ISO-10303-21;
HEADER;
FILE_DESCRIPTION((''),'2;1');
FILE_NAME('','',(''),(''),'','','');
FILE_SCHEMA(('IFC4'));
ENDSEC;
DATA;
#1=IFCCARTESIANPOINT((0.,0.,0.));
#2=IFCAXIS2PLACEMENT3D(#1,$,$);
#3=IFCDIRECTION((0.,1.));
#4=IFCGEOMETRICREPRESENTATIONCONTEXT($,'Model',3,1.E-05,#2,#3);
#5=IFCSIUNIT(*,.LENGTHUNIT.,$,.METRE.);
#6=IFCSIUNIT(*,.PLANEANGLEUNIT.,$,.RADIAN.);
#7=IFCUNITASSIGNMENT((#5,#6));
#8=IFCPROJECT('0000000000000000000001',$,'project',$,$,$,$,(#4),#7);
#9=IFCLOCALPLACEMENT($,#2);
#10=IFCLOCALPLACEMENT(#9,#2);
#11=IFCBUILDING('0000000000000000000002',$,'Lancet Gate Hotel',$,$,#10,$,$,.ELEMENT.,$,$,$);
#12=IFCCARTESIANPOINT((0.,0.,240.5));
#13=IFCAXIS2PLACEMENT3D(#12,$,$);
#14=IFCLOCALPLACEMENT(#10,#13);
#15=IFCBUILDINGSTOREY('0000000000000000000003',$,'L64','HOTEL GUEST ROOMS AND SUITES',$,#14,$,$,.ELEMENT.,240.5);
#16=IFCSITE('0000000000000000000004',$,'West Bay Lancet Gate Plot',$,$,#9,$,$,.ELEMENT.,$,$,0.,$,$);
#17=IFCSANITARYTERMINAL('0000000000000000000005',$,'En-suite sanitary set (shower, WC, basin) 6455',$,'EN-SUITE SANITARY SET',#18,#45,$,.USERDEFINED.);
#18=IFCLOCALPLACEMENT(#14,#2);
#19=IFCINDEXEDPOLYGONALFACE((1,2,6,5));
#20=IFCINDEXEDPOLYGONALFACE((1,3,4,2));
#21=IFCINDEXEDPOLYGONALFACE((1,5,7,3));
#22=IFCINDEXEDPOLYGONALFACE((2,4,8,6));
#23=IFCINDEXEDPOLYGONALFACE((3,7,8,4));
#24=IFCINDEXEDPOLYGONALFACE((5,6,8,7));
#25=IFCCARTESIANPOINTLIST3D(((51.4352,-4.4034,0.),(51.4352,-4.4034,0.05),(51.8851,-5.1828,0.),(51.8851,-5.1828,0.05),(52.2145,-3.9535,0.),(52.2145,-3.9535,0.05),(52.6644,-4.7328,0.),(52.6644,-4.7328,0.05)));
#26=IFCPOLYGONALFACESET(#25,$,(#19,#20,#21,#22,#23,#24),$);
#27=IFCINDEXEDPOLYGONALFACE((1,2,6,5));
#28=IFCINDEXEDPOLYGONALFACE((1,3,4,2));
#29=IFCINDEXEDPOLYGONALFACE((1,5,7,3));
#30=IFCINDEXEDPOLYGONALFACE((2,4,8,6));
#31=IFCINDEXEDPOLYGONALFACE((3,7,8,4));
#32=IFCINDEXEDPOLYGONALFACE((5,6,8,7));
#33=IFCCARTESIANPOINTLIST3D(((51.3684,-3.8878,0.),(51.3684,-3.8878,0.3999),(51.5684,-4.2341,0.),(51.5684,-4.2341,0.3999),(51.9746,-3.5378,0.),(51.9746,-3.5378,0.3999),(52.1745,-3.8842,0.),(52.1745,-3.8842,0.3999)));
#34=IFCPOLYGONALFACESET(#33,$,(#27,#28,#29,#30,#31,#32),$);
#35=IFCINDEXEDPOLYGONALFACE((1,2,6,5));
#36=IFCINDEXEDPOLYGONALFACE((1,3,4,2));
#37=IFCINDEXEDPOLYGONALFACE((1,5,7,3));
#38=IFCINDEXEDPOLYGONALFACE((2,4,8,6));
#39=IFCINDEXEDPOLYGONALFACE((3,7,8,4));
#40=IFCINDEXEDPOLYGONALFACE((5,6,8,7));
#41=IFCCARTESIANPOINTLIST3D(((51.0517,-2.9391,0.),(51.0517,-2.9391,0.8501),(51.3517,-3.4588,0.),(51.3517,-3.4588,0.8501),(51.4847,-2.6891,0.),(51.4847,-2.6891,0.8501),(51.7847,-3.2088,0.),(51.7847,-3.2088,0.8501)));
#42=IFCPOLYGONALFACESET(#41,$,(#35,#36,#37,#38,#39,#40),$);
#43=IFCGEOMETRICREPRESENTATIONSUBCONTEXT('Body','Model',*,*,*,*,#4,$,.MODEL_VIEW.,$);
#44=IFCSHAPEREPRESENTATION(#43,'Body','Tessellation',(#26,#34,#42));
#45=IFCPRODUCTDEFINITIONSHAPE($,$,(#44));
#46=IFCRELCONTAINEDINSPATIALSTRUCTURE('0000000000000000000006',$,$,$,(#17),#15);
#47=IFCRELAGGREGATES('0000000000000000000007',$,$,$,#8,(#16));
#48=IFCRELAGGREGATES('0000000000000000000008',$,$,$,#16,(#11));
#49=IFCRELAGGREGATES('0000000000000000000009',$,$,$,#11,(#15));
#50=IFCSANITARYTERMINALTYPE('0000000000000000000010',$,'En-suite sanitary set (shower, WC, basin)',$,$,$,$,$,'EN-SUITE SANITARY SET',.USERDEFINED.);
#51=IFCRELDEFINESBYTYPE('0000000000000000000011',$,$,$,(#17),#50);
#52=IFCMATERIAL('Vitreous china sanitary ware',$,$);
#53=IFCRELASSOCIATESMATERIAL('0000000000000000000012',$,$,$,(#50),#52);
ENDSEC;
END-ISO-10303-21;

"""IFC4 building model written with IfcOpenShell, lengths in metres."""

from ifc_helpers import new_model, si_unit, direction, frame, origin, origin_2d, place, context, subcontext, project, spatial, rectangle, extrude, material, type_object, element, save


model = new_model("IFC4")

# Units and contexts
model_context = context("Model", 3, precision=1e-05, world=origin(), true_north=direction((0.0, 1.0)))
body_context = subcontext(model_context, "Body", "Model", "MODEL_VIEW")
ifc_project = project(units=[si_unit("LENGTHUNIT", "METRE"), si_unit("PLANEANGLEUNIT", "RADIAN")], contexts=[model_context])

# Site, building, storey
site_placement = place(None, origin())
site = spatial("IfcSite", under=ifc_project, at=site_placement, Name="West Bay Lancet Gate Plot", CompositionType="ELEMENT", RefElevation=0.0)
building_placement = place(site_placement, origin())
building = spatial("IfcBuilding", under=site, at=building_placement, Name="Lancet Gate Hotel", CompositionType="ELEMENT")
storey_placement = place(building_placement, frame((0.0, 0.0, 240.5)))
storey = spatial("IfcBuildingStorey", under=building, at=storey_placement, Name="L64", Description="HOTEL GUEST ROOMS AND SUITES", CompositionType="ELEMENT", Elevation=240.5)

# Sanitary terminal
ifc_material_1 = material(Name="Vitreous china sanitary ware")
sanitary_terminal_type = type_object("IfcSanitaryTerminalType", Name="En-suite sanitary set (shower, WC, basin)", ElementType="EN-SUITE SANITARY SET", PredefinedType="USERDEFINED", material=ifc_material_1)
sanitary_terminal_placement = place(storey_placement, frame((52.0498, -4.5681, 0.0), z_axis=(0.0, 0.0, 1.0), x_axis=(1.0, 0.0, 0.0)))
element("IfcSanitaryTerminal", 1, at=sanitary_terminal_placement, inside=storey, type_object=sanitary_terminal_type, Name="En-suite sanitary set (shower, WC, basin) 6455", ObjectType="EN-SUITE SANITARY SET", PredefinedType="USERDEFINED", context=body_context, shape_type="SweptSolid", body=[
    extrude(rectangle(XDim=0.8999, YDim=0.8999, at=origin_2d()), frame((0.0, 0.0, 0.0), z_axis=(0.0, 0.0, 1.0), x_axis=(0.5, -0.866025, 0.0)), (0.0, 0.0, 1.0), 0.05),
    extrude(rectangle(XDim=0.3999, YDim=0.7, at=origin_2d()), frame((-0.2783, 0.6821, 0.0), z_axis=(0.0, 0.0, 1.0), x_axis=(0.5, -0.866025, 0.0)), (0.0, 0.0, 1.0), 0.3999),
    extrude(rectangle(XDim=0.6001, YDim=0.5, at=origin_2d()), frame((-0.6316, 1.4941, 0.0), z_axis=(0.0, 0.0, 1.0), x_axis=(0.5, -0.866025, 0.0)), (0.0, 0.0, 1.0), 0.8501),
])

save(model, "model.ifc")
